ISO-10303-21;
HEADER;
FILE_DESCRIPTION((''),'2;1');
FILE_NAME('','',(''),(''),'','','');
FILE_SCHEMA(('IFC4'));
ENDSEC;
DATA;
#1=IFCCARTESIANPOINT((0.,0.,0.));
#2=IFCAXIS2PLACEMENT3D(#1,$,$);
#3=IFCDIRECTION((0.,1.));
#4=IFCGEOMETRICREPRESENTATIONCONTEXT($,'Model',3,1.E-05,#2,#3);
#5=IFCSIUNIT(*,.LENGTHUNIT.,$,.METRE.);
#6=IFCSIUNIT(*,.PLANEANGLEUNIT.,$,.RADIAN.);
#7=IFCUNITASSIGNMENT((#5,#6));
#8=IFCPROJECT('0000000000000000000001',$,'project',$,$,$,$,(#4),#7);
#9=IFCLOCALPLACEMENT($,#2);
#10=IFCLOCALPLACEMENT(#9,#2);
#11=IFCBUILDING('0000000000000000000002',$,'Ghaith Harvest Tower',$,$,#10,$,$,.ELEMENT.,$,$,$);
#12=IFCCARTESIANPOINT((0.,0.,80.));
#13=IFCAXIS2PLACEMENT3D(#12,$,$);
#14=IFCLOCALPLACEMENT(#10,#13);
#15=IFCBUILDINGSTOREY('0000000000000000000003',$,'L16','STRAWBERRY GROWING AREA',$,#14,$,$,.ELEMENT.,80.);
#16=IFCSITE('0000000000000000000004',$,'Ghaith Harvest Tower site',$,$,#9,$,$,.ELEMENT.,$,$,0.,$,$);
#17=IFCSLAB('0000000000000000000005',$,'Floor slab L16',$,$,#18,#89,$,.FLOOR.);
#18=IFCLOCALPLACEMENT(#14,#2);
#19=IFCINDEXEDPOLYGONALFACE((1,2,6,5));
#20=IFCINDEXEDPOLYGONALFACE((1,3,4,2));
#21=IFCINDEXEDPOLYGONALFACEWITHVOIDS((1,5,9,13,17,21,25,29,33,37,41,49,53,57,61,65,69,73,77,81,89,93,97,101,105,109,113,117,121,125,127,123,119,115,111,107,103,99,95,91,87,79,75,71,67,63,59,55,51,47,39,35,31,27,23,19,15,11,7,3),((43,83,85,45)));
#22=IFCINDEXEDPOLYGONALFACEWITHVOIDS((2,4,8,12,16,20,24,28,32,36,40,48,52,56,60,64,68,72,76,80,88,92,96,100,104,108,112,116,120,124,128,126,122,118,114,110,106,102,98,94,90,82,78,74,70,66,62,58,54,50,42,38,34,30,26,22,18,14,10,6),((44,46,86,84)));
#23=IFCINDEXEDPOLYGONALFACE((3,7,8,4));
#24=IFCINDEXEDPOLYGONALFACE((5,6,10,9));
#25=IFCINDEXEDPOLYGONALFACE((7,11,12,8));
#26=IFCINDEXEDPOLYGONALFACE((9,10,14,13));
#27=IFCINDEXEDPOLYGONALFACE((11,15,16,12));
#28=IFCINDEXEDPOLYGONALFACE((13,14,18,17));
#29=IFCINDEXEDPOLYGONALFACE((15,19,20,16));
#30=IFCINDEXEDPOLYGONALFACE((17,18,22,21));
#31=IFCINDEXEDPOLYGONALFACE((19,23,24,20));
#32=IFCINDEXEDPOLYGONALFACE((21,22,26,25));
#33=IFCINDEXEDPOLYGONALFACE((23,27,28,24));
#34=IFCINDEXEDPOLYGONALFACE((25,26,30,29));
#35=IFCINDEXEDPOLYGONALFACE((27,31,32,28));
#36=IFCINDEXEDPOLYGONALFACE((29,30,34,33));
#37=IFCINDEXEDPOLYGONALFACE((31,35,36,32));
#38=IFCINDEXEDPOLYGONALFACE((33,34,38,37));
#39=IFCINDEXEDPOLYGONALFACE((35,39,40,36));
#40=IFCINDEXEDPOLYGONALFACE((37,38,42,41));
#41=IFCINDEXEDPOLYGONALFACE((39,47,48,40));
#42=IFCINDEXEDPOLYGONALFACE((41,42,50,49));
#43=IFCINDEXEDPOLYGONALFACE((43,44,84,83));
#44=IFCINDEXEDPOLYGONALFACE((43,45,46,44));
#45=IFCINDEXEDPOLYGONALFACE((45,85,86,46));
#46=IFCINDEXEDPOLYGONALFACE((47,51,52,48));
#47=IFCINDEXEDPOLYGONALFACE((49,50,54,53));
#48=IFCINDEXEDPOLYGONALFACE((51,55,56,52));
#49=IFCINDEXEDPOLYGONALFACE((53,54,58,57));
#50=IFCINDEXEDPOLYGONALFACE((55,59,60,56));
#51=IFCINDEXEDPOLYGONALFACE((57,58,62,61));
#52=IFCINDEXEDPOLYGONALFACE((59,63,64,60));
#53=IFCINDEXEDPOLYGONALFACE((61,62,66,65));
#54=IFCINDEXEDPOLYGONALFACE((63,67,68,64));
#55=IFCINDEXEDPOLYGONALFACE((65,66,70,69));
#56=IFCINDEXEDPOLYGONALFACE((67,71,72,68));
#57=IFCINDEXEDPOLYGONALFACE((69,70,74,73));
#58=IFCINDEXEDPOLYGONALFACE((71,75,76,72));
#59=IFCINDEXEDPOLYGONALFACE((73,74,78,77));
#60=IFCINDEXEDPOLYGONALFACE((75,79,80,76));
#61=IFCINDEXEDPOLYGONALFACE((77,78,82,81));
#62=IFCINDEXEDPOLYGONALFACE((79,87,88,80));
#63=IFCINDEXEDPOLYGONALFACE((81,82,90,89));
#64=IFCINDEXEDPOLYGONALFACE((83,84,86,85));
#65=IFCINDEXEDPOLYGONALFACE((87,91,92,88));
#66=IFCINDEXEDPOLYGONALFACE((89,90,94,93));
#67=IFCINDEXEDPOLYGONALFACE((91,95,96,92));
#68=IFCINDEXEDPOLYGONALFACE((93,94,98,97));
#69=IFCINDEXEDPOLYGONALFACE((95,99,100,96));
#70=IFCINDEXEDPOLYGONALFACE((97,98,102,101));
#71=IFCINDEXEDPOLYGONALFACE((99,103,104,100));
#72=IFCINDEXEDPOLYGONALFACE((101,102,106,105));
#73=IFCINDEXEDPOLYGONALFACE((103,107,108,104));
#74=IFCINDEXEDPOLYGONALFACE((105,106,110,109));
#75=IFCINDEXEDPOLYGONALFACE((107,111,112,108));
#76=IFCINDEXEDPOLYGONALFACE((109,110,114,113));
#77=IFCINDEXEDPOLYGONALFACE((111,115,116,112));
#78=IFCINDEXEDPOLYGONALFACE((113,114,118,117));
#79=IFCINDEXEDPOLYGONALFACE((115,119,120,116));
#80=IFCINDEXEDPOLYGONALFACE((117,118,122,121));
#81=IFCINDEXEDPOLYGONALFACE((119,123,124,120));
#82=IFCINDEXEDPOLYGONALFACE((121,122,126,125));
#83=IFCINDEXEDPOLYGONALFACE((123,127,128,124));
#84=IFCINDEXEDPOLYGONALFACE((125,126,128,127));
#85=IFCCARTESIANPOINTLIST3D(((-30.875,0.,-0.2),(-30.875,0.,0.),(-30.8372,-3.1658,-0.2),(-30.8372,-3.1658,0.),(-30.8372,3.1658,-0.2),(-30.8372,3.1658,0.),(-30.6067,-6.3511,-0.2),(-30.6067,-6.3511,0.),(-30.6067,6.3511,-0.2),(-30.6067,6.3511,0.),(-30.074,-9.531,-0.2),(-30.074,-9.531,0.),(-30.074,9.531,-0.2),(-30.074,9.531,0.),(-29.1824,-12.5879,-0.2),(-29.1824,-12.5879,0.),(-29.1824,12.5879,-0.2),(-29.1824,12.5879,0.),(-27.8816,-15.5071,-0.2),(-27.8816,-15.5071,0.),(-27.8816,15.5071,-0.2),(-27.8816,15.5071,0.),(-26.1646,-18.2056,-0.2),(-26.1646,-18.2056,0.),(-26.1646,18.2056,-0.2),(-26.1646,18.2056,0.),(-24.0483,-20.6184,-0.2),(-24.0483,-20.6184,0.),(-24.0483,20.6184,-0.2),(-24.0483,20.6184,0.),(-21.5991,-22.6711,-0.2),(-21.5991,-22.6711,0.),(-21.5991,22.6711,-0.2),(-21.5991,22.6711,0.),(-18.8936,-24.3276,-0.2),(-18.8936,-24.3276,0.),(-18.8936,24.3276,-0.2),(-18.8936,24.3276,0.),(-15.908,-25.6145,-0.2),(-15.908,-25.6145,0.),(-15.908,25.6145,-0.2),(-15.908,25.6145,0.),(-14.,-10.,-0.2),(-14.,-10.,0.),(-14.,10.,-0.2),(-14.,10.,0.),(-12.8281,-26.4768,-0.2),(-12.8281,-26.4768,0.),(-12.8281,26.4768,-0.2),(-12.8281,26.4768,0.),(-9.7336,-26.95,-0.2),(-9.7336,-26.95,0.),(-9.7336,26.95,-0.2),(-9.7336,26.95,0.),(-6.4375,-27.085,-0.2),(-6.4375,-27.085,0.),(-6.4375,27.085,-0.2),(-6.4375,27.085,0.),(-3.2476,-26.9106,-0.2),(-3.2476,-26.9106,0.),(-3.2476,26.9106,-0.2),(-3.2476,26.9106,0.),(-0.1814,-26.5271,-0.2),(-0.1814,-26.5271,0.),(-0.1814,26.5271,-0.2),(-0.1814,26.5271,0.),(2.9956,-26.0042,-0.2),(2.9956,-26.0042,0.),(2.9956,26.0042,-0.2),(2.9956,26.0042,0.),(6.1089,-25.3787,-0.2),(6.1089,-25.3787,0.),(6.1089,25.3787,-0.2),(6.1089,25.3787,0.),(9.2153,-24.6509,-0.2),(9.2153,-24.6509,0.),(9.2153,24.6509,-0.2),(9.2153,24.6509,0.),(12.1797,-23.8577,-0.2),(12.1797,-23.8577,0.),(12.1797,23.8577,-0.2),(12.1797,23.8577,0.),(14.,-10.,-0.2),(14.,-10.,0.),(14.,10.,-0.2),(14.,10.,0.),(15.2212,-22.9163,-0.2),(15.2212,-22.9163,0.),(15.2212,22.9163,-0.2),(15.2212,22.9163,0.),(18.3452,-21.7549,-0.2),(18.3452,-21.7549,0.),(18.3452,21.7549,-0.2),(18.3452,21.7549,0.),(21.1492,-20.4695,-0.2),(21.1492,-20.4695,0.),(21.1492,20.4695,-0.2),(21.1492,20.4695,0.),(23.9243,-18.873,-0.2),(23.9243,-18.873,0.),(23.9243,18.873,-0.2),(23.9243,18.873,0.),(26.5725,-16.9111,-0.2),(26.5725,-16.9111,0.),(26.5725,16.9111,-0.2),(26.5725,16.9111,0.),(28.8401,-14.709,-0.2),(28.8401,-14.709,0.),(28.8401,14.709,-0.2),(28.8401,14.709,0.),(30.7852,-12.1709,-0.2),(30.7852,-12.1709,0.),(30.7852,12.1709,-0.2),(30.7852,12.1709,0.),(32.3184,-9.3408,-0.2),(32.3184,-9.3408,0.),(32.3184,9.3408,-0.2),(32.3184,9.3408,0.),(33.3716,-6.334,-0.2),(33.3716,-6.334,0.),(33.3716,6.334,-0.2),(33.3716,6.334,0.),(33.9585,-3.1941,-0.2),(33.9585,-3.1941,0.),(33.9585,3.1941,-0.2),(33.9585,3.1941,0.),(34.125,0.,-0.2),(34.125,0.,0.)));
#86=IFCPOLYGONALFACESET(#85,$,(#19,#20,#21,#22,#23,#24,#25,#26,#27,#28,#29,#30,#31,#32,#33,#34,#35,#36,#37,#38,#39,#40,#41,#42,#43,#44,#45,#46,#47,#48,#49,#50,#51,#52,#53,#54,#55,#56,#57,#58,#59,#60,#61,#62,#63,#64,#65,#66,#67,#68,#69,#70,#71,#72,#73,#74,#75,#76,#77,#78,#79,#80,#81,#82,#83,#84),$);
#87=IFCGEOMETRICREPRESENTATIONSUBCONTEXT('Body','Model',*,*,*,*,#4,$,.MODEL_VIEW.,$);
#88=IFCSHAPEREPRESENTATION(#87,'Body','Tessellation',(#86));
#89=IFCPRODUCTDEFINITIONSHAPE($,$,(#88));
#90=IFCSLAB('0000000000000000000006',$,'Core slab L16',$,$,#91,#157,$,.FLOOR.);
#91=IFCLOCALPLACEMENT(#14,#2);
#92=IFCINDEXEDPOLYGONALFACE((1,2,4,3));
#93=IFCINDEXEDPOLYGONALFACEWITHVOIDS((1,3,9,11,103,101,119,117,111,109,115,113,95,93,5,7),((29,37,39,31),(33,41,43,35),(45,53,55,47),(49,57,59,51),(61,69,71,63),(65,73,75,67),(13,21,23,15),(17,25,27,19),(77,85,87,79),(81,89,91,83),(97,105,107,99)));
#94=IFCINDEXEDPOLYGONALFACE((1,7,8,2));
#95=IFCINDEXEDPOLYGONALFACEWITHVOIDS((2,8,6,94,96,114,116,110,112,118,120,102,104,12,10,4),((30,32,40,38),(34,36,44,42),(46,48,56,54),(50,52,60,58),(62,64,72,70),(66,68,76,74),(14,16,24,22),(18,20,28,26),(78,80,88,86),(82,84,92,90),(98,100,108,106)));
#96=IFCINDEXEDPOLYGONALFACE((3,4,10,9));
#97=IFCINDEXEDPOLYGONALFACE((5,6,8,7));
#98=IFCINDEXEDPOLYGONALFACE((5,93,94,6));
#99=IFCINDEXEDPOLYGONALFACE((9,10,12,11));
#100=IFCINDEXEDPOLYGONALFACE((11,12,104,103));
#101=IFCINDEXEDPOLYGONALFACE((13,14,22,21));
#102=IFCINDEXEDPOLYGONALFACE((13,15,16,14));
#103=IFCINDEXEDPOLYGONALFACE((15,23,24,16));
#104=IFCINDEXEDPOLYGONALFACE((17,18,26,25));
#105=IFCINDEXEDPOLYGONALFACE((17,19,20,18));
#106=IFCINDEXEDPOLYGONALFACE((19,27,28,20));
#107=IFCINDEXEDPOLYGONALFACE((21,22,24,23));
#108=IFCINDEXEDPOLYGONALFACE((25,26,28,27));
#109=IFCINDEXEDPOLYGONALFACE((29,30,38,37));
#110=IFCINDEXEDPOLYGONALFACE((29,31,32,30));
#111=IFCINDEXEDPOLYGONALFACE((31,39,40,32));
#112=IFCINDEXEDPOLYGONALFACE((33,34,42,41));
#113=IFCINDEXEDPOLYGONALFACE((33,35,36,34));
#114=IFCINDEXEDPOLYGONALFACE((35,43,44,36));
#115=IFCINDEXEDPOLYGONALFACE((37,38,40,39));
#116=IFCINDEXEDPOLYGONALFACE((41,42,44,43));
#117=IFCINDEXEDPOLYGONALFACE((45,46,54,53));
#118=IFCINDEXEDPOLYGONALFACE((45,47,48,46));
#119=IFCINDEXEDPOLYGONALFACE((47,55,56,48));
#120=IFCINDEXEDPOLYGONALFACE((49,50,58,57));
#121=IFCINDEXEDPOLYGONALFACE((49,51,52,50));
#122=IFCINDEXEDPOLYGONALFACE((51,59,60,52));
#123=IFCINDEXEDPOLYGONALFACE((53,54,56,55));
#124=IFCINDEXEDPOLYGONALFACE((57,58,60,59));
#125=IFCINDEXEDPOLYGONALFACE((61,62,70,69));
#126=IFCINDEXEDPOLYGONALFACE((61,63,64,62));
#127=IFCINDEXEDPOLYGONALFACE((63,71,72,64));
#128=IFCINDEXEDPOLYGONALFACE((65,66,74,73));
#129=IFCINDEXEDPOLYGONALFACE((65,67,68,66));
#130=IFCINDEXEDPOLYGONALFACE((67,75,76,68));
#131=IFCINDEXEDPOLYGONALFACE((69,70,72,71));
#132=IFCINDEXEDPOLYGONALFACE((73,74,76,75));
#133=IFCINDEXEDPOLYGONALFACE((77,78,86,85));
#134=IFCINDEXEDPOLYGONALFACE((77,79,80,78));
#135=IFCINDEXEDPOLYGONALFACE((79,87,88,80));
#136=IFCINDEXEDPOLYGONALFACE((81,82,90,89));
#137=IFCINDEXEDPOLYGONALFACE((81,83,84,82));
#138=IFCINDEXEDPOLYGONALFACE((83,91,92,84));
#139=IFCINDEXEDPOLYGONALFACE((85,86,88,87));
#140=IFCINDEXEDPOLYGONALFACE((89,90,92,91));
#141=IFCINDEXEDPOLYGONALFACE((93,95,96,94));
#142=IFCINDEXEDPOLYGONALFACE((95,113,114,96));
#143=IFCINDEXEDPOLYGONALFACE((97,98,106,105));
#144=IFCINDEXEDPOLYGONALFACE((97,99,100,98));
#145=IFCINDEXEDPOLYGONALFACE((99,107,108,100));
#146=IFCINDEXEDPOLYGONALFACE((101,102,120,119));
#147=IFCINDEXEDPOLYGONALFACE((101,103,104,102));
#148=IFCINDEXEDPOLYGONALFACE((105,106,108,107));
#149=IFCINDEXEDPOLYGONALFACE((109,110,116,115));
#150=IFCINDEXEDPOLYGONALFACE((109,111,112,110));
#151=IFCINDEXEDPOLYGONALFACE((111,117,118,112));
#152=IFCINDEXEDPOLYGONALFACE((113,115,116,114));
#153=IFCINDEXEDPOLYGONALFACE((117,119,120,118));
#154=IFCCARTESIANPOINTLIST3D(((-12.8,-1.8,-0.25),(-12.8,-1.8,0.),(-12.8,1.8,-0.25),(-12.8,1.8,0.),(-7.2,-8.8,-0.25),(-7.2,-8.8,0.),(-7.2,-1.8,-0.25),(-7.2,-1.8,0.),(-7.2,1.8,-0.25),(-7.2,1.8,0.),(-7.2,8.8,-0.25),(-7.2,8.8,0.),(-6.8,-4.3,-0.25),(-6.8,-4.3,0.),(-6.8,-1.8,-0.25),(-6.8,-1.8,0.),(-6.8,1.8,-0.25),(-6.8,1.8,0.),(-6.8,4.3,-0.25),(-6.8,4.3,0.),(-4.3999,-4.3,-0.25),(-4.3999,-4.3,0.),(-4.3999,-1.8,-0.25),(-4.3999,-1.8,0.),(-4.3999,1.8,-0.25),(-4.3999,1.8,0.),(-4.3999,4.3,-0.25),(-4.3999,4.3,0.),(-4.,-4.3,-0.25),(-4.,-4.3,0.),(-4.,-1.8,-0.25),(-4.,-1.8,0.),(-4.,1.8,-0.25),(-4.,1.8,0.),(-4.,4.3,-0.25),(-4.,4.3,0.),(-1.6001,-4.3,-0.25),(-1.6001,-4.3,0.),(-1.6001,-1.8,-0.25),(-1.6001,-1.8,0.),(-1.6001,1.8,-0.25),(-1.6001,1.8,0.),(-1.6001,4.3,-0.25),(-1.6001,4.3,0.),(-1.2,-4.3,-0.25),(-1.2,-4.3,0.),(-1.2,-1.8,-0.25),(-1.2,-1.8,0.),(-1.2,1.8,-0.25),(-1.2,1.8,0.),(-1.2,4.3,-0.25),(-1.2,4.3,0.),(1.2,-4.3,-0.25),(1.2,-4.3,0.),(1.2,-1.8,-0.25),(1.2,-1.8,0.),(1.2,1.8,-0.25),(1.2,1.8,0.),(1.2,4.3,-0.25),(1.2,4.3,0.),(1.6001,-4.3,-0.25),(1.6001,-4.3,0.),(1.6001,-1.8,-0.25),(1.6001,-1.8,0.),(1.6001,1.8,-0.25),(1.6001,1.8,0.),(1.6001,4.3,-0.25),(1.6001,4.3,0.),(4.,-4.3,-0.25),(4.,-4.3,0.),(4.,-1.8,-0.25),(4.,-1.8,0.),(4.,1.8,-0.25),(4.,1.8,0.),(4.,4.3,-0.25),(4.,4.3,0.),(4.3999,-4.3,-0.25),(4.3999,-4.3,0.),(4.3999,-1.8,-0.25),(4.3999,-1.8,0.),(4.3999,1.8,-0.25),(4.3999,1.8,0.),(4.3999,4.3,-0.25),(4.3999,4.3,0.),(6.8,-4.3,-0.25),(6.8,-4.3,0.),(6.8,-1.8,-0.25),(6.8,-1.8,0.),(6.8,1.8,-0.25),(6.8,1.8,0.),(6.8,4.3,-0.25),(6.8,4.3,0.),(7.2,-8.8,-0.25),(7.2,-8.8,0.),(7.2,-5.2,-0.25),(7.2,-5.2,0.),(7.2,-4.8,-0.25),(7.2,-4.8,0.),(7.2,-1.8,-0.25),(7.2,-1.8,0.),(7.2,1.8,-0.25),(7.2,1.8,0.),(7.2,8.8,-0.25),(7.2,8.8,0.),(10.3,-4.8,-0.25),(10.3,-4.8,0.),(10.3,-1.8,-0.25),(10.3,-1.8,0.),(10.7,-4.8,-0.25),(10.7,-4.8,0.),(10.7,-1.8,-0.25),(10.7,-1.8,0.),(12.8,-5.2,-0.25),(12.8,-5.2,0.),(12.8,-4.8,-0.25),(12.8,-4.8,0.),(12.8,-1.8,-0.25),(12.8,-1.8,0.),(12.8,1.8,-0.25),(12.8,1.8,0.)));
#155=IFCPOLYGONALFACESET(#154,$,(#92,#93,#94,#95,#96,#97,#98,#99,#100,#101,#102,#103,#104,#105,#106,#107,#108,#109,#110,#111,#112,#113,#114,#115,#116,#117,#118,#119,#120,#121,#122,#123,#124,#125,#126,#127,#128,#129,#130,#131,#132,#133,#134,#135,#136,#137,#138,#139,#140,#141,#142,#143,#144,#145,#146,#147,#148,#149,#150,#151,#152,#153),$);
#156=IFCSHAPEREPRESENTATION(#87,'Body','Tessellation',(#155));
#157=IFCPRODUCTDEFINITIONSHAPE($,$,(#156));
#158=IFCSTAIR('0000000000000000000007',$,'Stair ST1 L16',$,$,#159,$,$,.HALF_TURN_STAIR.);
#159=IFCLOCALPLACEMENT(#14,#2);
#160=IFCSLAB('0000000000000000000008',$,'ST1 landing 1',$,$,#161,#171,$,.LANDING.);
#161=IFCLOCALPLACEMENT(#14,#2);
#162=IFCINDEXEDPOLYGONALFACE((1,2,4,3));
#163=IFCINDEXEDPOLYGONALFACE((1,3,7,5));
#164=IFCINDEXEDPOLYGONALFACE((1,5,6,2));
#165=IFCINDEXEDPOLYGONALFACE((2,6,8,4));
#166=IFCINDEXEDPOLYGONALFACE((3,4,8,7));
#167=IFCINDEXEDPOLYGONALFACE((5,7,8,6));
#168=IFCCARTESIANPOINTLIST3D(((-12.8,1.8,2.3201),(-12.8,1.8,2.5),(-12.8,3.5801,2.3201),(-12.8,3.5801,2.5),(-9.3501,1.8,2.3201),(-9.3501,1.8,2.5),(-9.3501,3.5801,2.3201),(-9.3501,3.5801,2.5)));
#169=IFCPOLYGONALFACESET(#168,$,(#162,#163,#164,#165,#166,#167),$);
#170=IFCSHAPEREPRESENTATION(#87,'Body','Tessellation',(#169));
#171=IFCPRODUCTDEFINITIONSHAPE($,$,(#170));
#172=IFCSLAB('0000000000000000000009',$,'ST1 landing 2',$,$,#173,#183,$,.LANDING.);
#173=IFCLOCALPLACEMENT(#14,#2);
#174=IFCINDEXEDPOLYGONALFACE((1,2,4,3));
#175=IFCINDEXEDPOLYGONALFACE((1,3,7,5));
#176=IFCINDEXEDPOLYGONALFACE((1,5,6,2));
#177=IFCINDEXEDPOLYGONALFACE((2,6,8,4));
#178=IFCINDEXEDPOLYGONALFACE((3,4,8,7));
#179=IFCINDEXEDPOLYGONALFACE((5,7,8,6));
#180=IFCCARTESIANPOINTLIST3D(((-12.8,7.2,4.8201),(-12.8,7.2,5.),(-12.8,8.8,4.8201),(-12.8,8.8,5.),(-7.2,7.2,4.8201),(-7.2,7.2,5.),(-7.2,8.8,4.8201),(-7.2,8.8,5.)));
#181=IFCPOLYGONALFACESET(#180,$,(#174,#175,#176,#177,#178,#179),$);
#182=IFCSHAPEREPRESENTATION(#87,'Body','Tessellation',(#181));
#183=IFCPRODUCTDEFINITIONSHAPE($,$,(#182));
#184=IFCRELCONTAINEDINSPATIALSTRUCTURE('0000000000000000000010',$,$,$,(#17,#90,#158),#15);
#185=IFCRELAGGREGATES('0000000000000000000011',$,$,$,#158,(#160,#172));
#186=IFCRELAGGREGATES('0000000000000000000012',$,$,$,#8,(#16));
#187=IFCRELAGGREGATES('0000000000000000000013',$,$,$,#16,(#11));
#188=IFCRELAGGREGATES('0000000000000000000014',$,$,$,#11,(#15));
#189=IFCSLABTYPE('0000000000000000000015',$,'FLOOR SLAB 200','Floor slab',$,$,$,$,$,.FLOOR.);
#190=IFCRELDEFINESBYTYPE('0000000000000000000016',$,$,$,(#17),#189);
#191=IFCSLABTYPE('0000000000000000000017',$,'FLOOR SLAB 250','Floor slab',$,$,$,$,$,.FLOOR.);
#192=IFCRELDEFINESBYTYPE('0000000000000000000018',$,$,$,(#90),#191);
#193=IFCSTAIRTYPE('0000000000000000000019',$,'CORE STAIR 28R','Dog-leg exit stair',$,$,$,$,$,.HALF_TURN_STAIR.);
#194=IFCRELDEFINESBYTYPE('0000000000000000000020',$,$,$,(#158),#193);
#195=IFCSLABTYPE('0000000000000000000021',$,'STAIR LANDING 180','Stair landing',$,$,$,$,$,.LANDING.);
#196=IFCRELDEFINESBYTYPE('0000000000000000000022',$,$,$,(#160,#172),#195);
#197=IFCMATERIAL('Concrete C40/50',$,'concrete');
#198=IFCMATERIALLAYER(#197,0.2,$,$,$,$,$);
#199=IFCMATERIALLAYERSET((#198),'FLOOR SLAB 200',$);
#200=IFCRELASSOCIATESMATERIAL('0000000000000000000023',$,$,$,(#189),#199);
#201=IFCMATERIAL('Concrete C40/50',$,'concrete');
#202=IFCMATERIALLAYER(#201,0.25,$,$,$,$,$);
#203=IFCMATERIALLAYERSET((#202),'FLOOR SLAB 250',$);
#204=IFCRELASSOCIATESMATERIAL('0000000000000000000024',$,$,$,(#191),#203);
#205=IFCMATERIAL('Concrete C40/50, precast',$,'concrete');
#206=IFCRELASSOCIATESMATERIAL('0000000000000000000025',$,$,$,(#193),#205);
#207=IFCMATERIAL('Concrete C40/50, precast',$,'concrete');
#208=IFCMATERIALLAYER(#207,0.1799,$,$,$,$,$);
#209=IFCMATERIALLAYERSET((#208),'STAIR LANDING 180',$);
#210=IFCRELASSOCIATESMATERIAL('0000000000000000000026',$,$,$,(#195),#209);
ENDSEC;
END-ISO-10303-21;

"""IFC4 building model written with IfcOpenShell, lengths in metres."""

from ifc_helpers import new_model, si_unit, direction, frame, origin, place, context, subcontext, project, spatial, polyline, outline, extrude, material, layer, layer_set, type_object, element, aggregate, save


model = new_model("IFC4")

# Units and contexts
model_context = context("Model", 3, precision=1e-05, world=origin(), true_north=direction((0.0, 1.0)))
body_context = subcontext(model_context, "Body", "Model", "MODEL_VIEW")
ifc_project = project(units=[si_unit("LENGTHUNIT", "METRE"), si_unit("PLANEANGLEUNIT", "RADIAN")], contexts=[model_context])

# Site, building, storey
site_placement = place(None, origin())
site = spatial("IfcSite", under=ifc_project, at=site_placement, Name="Ghaith Harvest Tower site", CompositionType="ELEMENT", RefElevation=0.0)
building_placement = place(site_placement, origin())
building = spatial("IfcBuilding", under=site, at=building_placement, Name="Ghaith Harvest Tower", CompositionType="ELEMENT")
storey_placement = place(building_placement, frame((0.0, 0.0, 80.0)))
storey = spatial("IfcBuildingStorey", under=building, at=storey_placement, Name="L16", Description="STRAWBERRY GROWING AREA", CompositionType="ELEMENT", Elevation=80.0)

# Slabs
ifc_material_1 = material(Name="Concrete C40/50", Category="concrete")
ifc_layer_1 = layer(ifc_material_1, 0.2)
ifc_layer_set_1 = layer_set([ifc_layer_1], Name="FLOOR SLAB 200")
slab_type_1 = type_object("IfcSlabType", Name="FLOOR SLAB 200", Description="Floor slab", PredefinedType="FLOOR", material=ifc_layer_set_1)
slab_1_placement = place(storey_placement, frame((0.0, 0.0, -0.2)))
element("IfcSlab", 1, at=slab_1_placement, inside=storey, type_object=slab_type_1, Name="Floor slab L16", PredefinedType="FLOOR", context=body_context, shape_type="SweptSolid", body=[
    extrude(outline(polyline([(34.125, 0.0), (33.9585, 3.1941), (33.3716, 6.334), (32.3184, 9.3408), (30.7852, 12.1709), (28.8401, 14.709), (26.5725, 16.9111), (23.9243, 18.873), (21.1492, 20.4695), (18.3452, 21.7549), (15.2212, 22.9163), (12.1797, 23.8577), (9.2153, 24.6509), (6.1089, 25.3787), (2.9956, 26.0042), (-0.1814, 26.5271), (-3.2476, 26.9106), (-6.4375, 27.085), (-9.7336, 26.95), (-12.8281, 26.4768), (-15.908, 25.6145), (-18.8936, 24.3276), (-21.5991, 22.6711), (-24.0483, 20.6184), (-26.1646, 18.2056), (-27.8816, 15.5071), (-29.1824, 12.5879), (-30.074, 9.531), (-30.6067, 6.3511), (-30.8372, 3.1658), (-30.875, 0.0), (-30.8372, -3.1658), (-30.6067, -6.3511), (-30.074, -9.531), (-29.1824, -12.5879), (-27.8816, -15.5071), (-26.1646, -18.2056), (-24.0483, -20.6184), (-21.5991, -22.6711), (-18.8936, -24.3276), (-15.908, -25.6145), (-12.8281, -26.4768), (-9.7336, -26.95), (-6.4375, -27.085), (-3.2476, -26.9106), (-0.1814, -26.5271), (2.9956, -26.0042), (6.1089, -25.3787), (9.2153, -24.6509), (12.1797, -23.8577), (15.2212, -22.9163), (18.3452, -21.7549), (21.1492, -20.4695), (23.9243, -18.873), (26.5725, -16.9111), (28.8401, -14.709), (30.7852, -12.1709), (32.3184, -9.3408), (33.3716, -6.334), (33.9585, -3.1941), (34.125, 0.0)]), holes=[polyline([(-14.0, -10.0), (14.0, -10.0), (14.0, 10.0), (-14.0, 10.0), (-14.0, -10.0)])]), origin(), (0.0, 0.0, 1.0), 0.2),
])
ifc_material_2 = material(Name="Concrete C40/50", Category="concrete")
ifc_layer_2 = layer(ifc_material_2, 0.25)
ifc_layer_set_2 = layer_set([ifc_layer_2], Name="FLOOR SLAB 250")
slab_type_2 = type_object("IfcSlabType", Name="FLOOR SLAB 250", Description="Floor slab", PredefinedType="FLOOR", material=ifc_layer_set_2)
slab_2_placement = place(storey_placement, frame((0.0, 0.0, -0.25)))
element("IfcSlab", 2, at=slab_2_placement, inside=storey, type_object=slab_type_2, Name="Core slab L16", PredefinedType="FLOOR", context=body_context, shape_type="SweptSolid", body=[
    extrude(outline(polyline([(-12.8, 1.8), (-7.2, 1.8), (-7.2, 8.8), (7.2, 8.8), (7.2, 1.8), (12.8, 1.8), (12.8, -1.8), (10.7, -1.8), (10.7, -4.8), (12.8, -4.8), (12.8, -5.2), (7.2, -5.2), (7.2, -8.8), (-7.2, -8.8), (-7.2, -1.8), (-12.8, -1.8), (-12.8, 1.8)]), holes=[polyline([(-4.3999, -4.3), (-4.3999, -1.8), (-6.8, -1.8), (-6.8, -4.3), (-4.3999, -4.3)]), polyline([(-1.6001, -4.3), (-1.6001, -1.8), (-4.0, -1.8), (-4.0, -4.3), (-1.6001, -4.3)]), polyline([(1.2, -4.3), (1.2, -1.8), (-1.2, -1.8), (-1.2, -4.3), (1.2, -4.3)]), polyline([(-4.3999, 1.8), (-4.3999, 4.3), (-6.8, 4.3), (-6.8, 1.8), (-4.3999, 1.8)]), polyline([(-1.6001, 1.8), (-1.6001, 4.3), (-4.0, 4.3), (-4.0, 1.8), (-1.6001, 1.8)]), polyline([(1.2, 1.8), (1.2, 4.3), (-1.2, 4.3), (-1.2, 1.8), (1.2, 1.8)]), polyline([(10.3, -4.8), (10.3, -1.8), (7.2, -1.8), (7.2, -4.8), (10.3, -4.8)]), polyline([(4.0, -4.3), (4.0, -1.8), (1.6001, -1.8), (1.6001, -4.3), (4.0, -4.3)]), polyline([(6.8, -4.3), (6.8, -1.8), (4.3999, -1.8), (4.3999, -4.3), (6.8, -4.3)]), polyline([(4.0, 1.8), (4.0, 4.3), (1.6001, 4.3), (1.6001, 1.8), (4.0, 1.8)]), polyline([(6.8, 1.8), (6.8, 4.3), (4.3999, 4.3), (4.3999, 1.8), (6.8, 1.8)])]), origin(), (0.0, 0.0, 1.0), 0.25),
])

# Stair, slabs
ifc_material_3 = material(Name="Concrete C40/50, precast", Category="concrete")
stair_type = type_object("IfcStairType", Name="CORE STAIR 28R", Description="Dog-leg exit stair", PredefinedType="HALF_TURN_STAIR", material=ifc_material_3)
stair_placement = place(storey_placement, origin())
stair = element("IfcStair", 3, at=stair_placement, inside=storey, type_object=stair_type, Name="Stair ST1 L16", PredefinedType="HALF_TURN_STAIR")
ifc_material_4 = material(Name="Concrete C40/50, precast", Category="concrete")
ifc_layer_3 = layer(ifc_material_4, 0.1799)
ifc_layer_set_3 = layer_set([ifc_layer_3], Name="STAIR LANDING 180")
slab_type_3 = type_object("IfcSlabType", Name="STAIR LANDING 180", Description="Stair landing", PredefinedType="LANDING", material=ifc_layer_set_3)
slab_3_placement = place(storey_placement, frame((0.0, 0.0, 2.3201)))
slab_3 = element("IfcSlab", 4, at=slab_3_placement, type_object=slab_type_3, Name="ST1 landing 1", PredefinedType="LANDING", context=body_context, shape_type="SweptSolid", body=[
    extrude(outline(polyline([(-12.8, 3.5801), (-12.8, 1.8), (-9.3501, 1.8), (-9.3501, 3.5801), (-12.8, 3.5801)])), origin(), (0.0, 0.0, 1.0), 0.1799),
])
slab_4_placement = place(storey_placement, frame((0.0, 0.0, 4.8201)))
slab_4 = element("IfcSlab", 5, at=slab_4_placement, type_object=slab_type_3, Name="ST1 landing 2", PredefinedType="LANDING", context=body_context, shape_type="SweptSolid", body=[
    extrude(outline(polyline([(-12.8, 8.8), (-12.8, 7.2), (-7.2, 7.2), (-7.2, 8.8), (-12.8, 8.8)])), origin(), (0.0, 0.0, 1.0), 0.1799),
])
aggregate(stair, [slab_3, slab_4])

save(model, "model.ifc")
